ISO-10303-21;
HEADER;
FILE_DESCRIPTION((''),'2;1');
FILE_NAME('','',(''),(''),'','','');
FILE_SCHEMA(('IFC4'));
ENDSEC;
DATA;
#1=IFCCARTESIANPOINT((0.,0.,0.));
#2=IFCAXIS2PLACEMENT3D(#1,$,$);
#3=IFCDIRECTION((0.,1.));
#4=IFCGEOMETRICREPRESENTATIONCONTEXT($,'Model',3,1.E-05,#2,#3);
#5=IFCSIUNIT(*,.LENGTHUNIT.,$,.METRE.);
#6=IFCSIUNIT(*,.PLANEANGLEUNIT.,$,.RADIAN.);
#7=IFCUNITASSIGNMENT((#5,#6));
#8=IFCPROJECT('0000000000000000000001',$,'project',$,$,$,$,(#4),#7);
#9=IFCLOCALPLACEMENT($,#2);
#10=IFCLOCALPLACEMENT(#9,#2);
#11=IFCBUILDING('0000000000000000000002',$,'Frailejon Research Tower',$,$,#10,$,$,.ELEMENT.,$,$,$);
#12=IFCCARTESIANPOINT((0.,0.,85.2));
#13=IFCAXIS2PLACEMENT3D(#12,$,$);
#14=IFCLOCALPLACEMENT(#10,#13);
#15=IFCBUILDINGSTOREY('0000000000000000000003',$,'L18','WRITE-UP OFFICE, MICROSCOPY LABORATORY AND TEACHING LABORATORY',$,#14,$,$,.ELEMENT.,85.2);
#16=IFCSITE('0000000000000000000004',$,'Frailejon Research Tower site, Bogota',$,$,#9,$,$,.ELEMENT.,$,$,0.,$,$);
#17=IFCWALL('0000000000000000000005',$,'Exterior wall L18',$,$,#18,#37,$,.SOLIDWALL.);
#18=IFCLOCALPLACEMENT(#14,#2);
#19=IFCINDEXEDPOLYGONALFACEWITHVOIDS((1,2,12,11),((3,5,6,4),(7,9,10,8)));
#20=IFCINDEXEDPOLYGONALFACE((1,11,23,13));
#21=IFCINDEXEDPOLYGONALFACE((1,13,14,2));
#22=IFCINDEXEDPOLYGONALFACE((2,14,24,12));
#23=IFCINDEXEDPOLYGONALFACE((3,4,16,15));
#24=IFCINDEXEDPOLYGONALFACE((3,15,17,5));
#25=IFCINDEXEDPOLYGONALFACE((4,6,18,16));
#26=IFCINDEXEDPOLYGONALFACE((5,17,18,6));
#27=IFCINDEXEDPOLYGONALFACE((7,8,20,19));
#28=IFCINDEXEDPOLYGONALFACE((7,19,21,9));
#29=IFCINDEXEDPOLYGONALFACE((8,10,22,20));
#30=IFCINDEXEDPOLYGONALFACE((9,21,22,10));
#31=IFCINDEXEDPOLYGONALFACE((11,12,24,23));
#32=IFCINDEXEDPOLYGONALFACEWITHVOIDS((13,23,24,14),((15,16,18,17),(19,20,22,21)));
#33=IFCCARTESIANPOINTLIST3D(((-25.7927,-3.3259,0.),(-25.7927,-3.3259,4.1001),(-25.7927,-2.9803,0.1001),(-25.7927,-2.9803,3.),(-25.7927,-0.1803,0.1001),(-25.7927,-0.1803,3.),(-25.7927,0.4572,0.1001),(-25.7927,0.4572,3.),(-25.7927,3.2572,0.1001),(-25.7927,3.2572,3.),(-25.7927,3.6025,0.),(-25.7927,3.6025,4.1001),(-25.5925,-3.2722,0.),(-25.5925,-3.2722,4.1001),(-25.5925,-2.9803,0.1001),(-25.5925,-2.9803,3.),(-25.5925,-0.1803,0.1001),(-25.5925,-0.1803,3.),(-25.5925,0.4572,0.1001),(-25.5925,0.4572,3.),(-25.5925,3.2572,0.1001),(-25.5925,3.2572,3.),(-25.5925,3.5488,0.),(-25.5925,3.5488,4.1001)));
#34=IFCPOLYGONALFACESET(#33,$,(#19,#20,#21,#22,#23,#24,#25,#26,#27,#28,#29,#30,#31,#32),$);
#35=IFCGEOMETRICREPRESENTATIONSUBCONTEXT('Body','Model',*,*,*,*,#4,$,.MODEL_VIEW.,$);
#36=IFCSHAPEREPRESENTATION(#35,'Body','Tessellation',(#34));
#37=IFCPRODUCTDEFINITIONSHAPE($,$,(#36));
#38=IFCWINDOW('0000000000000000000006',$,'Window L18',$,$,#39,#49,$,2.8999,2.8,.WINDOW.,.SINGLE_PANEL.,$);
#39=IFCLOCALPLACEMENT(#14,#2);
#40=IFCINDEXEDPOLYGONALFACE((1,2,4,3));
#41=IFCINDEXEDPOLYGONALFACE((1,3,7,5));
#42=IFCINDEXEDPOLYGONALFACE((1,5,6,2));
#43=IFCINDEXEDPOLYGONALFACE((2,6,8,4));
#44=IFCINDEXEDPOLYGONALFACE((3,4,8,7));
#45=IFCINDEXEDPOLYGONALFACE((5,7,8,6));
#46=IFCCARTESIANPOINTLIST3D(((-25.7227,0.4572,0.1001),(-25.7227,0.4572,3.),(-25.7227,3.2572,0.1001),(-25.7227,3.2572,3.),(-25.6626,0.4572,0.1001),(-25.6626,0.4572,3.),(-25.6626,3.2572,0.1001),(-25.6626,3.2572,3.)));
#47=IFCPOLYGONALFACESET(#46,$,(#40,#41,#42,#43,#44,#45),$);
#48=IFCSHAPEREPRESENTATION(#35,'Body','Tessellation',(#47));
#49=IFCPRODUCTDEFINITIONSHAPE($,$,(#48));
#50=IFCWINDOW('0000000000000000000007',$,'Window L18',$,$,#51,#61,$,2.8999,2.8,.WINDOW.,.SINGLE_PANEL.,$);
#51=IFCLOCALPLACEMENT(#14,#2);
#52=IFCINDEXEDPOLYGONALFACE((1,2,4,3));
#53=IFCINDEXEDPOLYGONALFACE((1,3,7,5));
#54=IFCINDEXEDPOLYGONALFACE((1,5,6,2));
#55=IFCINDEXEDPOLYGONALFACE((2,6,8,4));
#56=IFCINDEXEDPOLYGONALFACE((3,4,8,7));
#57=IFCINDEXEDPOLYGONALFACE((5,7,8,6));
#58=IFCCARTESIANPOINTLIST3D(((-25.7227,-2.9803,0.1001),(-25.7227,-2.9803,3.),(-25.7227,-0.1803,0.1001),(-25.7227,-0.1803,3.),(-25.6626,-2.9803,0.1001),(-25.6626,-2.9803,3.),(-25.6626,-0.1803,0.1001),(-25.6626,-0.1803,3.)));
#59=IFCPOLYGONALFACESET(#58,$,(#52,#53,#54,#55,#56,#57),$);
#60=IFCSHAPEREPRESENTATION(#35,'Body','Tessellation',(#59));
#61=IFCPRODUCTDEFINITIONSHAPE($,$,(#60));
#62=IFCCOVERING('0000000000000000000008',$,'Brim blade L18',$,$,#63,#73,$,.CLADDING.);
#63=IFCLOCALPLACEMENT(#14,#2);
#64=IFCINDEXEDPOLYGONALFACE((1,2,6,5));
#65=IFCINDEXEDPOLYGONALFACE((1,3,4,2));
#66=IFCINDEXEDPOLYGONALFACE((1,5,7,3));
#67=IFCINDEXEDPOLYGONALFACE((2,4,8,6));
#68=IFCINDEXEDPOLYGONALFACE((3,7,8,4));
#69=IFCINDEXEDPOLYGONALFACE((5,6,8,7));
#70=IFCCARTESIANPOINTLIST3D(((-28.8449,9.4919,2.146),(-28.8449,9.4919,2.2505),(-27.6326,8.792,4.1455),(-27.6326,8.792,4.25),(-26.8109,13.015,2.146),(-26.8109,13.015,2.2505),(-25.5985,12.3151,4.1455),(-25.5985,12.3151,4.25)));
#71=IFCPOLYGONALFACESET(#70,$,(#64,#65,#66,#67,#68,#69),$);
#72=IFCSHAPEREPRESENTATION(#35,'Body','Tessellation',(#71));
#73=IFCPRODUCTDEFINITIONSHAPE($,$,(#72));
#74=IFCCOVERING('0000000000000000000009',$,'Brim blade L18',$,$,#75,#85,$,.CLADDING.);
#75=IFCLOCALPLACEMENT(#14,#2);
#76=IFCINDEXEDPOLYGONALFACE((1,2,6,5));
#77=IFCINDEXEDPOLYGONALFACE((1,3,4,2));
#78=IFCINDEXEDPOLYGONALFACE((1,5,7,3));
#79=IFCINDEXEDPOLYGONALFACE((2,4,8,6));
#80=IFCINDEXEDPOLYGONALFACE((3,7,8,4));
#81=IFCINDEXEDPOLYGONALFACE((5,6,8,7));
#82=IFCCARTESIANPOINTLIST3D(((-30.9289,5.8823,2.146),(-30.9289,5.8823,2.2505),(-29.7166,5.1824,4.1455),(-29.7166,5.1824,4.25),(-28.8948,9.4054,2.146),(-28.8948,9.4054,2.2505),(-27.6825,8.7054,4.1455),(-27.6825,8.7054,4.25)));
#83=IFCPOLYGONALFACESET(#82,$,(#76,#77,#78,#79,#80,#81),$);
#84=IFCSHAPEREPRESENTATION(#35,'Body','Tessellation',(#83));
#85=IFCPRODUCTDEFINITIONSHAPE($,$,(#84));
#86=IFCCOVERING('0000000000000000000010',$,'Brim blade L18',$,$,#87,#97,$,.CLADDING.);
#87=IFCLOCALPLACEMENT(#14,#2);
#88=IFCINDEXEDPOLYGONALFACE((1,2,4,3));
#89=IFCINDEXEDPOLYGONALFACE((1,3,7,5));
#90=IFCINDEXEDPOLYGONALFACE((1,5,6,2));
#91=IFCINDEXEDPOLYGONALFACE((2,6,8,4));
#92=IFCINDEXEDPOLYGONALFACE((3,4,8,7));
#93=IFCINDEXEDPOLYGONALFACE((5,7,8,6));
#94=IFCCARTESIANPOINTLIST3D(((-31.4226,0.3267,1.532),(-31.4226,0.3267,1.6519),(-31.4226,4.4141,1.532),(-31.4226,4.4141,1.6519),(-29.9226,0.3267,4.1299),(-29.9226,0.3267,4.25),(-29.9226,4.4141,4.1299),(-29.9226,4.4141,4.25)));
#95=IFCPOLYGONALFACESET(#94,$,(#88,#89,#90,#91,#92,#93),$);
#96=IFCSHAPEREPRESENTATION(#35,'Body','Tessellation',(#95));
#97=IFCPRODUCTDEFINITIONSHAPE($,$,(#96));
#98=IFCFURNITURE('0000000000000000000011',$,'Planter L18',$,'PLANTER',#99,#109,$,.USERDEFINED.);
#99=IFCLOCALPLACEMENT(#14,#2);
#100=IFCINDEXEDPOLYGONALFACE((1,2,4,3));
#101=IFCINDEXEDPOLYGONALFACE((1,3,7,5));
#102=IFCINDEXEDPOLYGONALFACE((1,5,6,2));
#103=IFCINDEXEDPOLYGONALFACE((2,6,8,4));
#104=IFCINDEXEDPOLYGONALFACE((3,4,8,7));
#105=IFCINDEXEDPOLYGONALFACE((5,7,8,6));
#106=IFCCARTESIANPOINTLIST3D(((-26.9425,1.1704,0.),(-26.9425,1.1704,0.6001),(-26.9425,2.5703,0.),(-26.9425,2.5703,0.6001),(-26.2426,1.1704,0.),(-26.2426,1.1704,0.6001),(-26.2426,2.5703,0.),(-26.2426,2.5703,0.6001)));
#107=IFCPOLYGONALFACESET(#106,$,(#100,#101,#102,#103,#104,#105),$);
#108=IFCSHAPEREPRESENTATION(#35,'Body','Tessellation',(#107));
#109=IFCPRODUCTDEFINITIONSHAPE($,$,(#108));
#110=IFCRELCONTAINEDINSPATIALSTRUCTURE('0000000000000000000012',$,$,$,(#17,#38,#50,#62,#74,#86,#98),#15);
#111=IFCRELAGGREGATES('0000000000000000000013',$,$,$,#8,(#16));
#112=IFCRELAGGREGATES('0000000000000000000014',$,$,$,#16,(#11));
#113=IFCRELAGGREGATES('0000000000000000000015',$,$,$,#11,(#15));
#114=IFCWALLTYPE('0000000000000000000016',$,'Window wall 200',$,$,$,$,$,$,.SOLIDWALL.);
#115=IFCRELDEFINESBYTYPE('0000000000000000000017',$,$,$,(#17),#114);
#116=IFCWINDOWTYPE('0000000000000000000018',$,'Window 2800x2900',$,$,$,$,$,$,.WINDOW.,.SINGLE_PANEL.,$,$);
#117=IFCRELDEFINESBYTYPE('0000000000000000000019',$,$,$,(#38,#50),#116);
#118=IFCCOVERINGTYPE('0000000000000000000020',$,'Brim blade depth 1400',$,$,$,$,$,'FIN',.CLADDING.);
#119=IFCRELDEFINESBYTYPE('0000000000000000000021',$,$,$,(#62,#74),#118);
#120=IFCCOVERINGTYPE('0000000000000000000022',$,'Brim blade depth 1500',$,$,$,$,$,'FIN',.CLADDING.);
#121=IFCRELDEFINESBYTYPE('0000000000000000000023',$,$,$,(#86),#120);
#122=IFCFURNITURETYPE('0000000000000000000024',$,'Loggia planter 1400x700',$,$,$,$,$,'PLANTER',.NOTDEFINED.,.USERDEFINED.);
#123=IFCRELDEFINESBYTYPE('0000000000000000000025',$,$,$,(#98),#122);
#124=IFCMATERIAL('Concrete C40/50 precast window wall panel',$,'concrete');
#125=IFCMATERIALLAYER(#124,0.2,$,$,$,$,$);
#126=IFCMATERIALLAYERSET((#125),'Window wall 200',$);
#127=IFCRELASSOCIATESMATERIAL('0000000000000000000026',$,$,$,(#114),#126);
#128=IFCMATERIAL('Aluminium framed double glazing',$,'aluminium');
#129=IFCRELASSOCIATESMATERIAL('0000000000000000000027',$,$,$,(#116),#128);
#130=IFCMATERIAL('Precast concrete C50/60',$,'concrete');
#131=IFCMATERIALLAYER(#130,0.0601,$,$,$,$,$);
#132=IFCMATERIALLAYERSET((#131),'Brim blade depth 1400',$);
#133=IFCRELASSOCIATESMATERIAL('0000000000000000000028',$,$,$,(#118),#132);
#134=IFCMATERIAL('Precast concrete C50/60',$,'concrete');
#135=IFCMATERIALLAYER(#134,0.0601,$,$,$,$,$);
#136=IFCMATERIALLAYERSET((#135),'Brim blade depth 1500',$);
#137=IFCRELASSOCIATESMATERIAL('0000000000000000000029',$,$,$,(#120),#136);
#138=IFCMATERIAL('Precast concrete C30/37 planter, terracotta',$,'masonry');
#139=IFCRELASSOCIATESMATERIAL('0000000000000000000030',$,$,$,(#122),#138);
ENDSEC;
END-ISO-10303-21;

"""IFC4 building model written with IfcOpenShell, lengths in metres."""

from ifc_helpers import new_model, si_unit, direction, frame, frame_2d, origin, origin_2d, place, context, subcontext, project, spatial, polyline, rectangle, outline, extrude, material, layer, layer_set, type_object, element, fill, save


model = new_model("IFC4")

# Units and contexts
model_context = context("Model", 3, precision=1e-05, world=origin(), true_north=direction((0.0, 1.0)))
body_context = subcontext(model_context, "Body", "Model", "MODEL_VIEW")
ifc_project = project(units=[si_unit("LENGTHUNIT", "METRE"), si_unit("PLANEANGLEUNIT", "RADIAN")], contexts=[model_context])

# Site, building, storey
site_placement = place(None, origin())
site = spatial("IfcSite", under=ifc_project, at=site_placement, Name="Frailejon Research Tower site, Bogota", CompositionType="ELEMENT", RefElevation=0.0)
building_placement = place(site_placement, origin())
building = spatial("IfcBuilding", under=site, at=building_placement, Name="Frailejon Research Tower", CompositionType="ELEMENT")
storey_placement = place(building_placement, frame((0.0, 0.0, 85.2)))
storey = spatial("IfcBuildingStorey", under=building, at=storey_placement, Name="L18", Description="WRITE-UP OFFICE, MICROSCOPY LABORATORY AND TEACHING LABORATORY", CompositionType="ELEMENT", Elevation=85.2)

# Wall, openings, windows
ifc_material_1 = material(Name="Concrete C40/50 precast window wall panel", Category="concrete")
ifc_layer_1 = layer(ifc_material_1, 0.2)
ifc_layer_set_1 = layer_set([ifc_layer_1], Name="Window wall 200")
wall_type = type_object("IfcWallType", Name="Window wall 200", PredefinedType="SOLIDWALL", material=ifc_layer_set_1)
wall_placement = place(storey_placement, frame((-25.6926, 3.5757, 0.0), z_axis=(0.0, 0.0, 1.0), x_axis=(0.0, -1.0, 0.0)))
wall = element("IfcWall", 1, at=wall_placement, inside=storey, type_object=wall_type, Name="Exterior wall L18", PredefinedType="SOLIDWALL", context=body_context, shape_type="SweptSolid", body=[
    extrude(outline(polyline([(-0.0269, -0.1001), (1.1279, -0.1001), (2.2827, -0.1001), (3.4375, -0.1001), (4.592, -0.1001), (5.7468, -0.1001), (6.9016, -0.1001), (6.8479, 0.1001), (5.7109, 0.1001), (4.5742, 0.1001), (3.4375, 0.1001), (2.3005, 0.1001), (1.1636, 0.1001), (0.0269, 0.1001), (-0.0269, -0.1001)])), origin(), (0.0, 0.0, 1.0), 4.1001),
])
opening_1_placement = place(wall_placement, frame((0.3186, 0.0, 0.1001)))
opening_1 = element("IfcOpeningElement", 2, at=opening_1_placement, cuts=wall, PredefinedType="OPENING", context=body_context, shape_type="SweptSolid", body=[
    extrude(rectangle(XDim=2.8, YDim=2.8999, at=frame_2d((1.3999, 1.45))), frame((0.0, 0.1099, 0.0), z_axis=(0.0, -1.0, 0.0), x_axis=(1.0, 0.0, 0.0)), (0.0, 0.0, 1.0), 0.22),
])
opening_2_placement = place(wall_placement, frame((3.7561, 0.0, 0.1001)))
opening_2 = element("IfcOpeningElement", 3, at=opening_2_placement, cuts=wall, PredefinedType="OPENING", context=body_context, shape_type="SweptSolid", body=[
    extrude(rectangle(XDim=2.8, YDim=2.8999, at=frame_2d((1.3999, 1.45))), frame((0.0, 0.1099, 0.0), z_axis=(0.0, -1.0, 0.0), x_axis=(1.0, 0.0, 0.0)), (0.0, 0.0, 1.0), 0.22),
])
ifc_material_2 = material(Name="Aluminium framed double glazing", Category="aluminium")
window_type = type_object("IfcWindowType", Name="Window 2800x2900", PartitioningType="SINGLE_PANEL", PredefinedType="WINDOW", material=ifc_material_2)
window_1_placement = place(opening_1_placement, origin())
window_1 = element("IfcWindow", 4, at=window_1_placement, inside=storey, type_object=window_type, Name="Window L18", OverallHeight=2.8999, OverallWidth=2.8, PartitioningType="SINGLE_PANEL", PredefinedType="WINDOW", context=body_context, shape_type="SweptSolid", body=[
    extrude(rectangle(XDim=2.8, YDim=2.8999, at=frame_2d((1.3999, 1.45))), frame((0.0, 0.03, 0.0), z_axis=(0.0, -1.0, 0.0), x_axis=(1.0, 0.0, 0.0)), (0.0, 0.0, 1.0), 0.0601),
])
fill(opening_1, window_1)
window_2_placement = place(opening_2_placement, origin())
window_2 = element("IfcWindow", 5, at=window_2_placement, inside=storey, type_object=window_type, Name="Window L18", OverallHeight=2.8999, OverallWidth=2.8, PartitioningType="SINGLE_PANEL", PredefinedType="WINDOW", context=body_context, shape_type="SweptSolid", body=[
    extrude(rectangle(XDim=2.8, YDim=2.8999, at=frame_2d((1.3999, 1.45))), frame((0.0, 0.03, 0.0), z_axis=(0.0, -1.0, 0.0), x_axis=(1.0, 0.0, 0.0)), (0.0, 0.0, 1.0), 0.0601),
])
fill(opening_2, window_2)

# Coverings
ifc_material_3 = material(Name="Precast concrete C50/60", Category="concrete")
ifc_layer_2 = layer(ifc_material_3, 0.0601)
ifc_layer_set_2 = layer_set([ifc_layer_2], Name="Brim blade depth 1400")
covering_type_1 = type_object("IfcCoveringType", Name="Brim blade depth 1400", ElementType="FIN", PredefinedType="CLADDING", material=ifc_layer_set_2)
for number, where, z_axis, x_axis, name in (
    (6, (-27.6326, 8.792, 4.25), (0.499999, 0.866026, 0.0), (-0.866026, 0.499999, 0.0), "Brim blade L18"),
    (7, (-29.7166, 5.1824, 4.25), (0.500007, 0.866021, 0.0), (-0.866021, 0.500007, 0.0), "Brim blade L18"),
):
    element("IfcCovering", number, at=place(storey_placement, frame(where, z_axis=z_axis, x_axis=x_axis)), inside=storey, type_object=covering_type_1, Name=name, PredefinedType="CLADDING", context=body_context, shape_type="SweptSolid", body=[
        extrude(outline(polyline([(0.0, -0.1045), (1.3999, -2.104), (1.3999, -1.9995), (0.0, 0.0), (0.0, -0.1045)])), origin(), (0.0, 0.0, 1.0), 4.0681),
    ])
ifc_material_4 = material(Name="Precast concrete C50/60", Category="concrete")
ifc_layer_3 = layer(ifc_material_4, 0.0601)
ifc_layer_set_3 = layer_set([ifc_layer_3], Name="Brim blade depth 1500")
covering_type_2 = type_object("IfcCoveringType", Name="Brim blade depth 1500", ElementType="FIN", PredefinedType="CLADDING", material=ifc_layer_set_3)
covering_placement = place(storey_placement, frame((-29.9226, 0.3267, 4.25), z_axis=(0.0, 1.0, 0.0), x_axis=(-1.0, 0.0, 0.0)))
element("IfcCovering", 8, at=covering_placement, inside=storey, type_object=covering_type_2, Name="Brim blade L18", PredefinedType="CLADDING", context=body_context, shape_type="SweptSolid", body=[
    extrude(outline(polyline([(0.0, -0.1201), (1.5, -2.718), (1.5, -2.5981), (0.0, 0.0), (0.0, -0.1201)])), origin(), (0.0, 0.0, 1.0), 4.0874),
])

# Furniture
ifc_material_5 = material(Name="Precast concrete C30/37 planter, terracotta", Category="masonry")
furniture_type = type_object("IfcFurnitureType", Name="Loggia planter 1400x700", ElementType="PLANTER", AssemblyPlace="NOTDEFINED", PredefinedType="USERDEFINED", material=ifc_material_5)
furniture_placement = place(storey_placement, frame((-26.5925, 1.8704, 0.0), z_axis=(0.0, 0.0, 1.0), x_axis=(0.0, -1.0, 0.0)))
element("IfcFurniture", 9, at=furniture_placement, inside=storey, type_object=furniture_type, Name="Planter L18", ObjectType="PLANTER", PredefinedType="USERDEFINED", context=body_context, shape_type="SweptSolid", body=[
    extrude(rectangle(XDim=1.3999, YDim=0.7, at=origin_2d()), origin(), (0.0, 0.0, 1.0), 0.6001),
])

save(model, "model.ifc")
